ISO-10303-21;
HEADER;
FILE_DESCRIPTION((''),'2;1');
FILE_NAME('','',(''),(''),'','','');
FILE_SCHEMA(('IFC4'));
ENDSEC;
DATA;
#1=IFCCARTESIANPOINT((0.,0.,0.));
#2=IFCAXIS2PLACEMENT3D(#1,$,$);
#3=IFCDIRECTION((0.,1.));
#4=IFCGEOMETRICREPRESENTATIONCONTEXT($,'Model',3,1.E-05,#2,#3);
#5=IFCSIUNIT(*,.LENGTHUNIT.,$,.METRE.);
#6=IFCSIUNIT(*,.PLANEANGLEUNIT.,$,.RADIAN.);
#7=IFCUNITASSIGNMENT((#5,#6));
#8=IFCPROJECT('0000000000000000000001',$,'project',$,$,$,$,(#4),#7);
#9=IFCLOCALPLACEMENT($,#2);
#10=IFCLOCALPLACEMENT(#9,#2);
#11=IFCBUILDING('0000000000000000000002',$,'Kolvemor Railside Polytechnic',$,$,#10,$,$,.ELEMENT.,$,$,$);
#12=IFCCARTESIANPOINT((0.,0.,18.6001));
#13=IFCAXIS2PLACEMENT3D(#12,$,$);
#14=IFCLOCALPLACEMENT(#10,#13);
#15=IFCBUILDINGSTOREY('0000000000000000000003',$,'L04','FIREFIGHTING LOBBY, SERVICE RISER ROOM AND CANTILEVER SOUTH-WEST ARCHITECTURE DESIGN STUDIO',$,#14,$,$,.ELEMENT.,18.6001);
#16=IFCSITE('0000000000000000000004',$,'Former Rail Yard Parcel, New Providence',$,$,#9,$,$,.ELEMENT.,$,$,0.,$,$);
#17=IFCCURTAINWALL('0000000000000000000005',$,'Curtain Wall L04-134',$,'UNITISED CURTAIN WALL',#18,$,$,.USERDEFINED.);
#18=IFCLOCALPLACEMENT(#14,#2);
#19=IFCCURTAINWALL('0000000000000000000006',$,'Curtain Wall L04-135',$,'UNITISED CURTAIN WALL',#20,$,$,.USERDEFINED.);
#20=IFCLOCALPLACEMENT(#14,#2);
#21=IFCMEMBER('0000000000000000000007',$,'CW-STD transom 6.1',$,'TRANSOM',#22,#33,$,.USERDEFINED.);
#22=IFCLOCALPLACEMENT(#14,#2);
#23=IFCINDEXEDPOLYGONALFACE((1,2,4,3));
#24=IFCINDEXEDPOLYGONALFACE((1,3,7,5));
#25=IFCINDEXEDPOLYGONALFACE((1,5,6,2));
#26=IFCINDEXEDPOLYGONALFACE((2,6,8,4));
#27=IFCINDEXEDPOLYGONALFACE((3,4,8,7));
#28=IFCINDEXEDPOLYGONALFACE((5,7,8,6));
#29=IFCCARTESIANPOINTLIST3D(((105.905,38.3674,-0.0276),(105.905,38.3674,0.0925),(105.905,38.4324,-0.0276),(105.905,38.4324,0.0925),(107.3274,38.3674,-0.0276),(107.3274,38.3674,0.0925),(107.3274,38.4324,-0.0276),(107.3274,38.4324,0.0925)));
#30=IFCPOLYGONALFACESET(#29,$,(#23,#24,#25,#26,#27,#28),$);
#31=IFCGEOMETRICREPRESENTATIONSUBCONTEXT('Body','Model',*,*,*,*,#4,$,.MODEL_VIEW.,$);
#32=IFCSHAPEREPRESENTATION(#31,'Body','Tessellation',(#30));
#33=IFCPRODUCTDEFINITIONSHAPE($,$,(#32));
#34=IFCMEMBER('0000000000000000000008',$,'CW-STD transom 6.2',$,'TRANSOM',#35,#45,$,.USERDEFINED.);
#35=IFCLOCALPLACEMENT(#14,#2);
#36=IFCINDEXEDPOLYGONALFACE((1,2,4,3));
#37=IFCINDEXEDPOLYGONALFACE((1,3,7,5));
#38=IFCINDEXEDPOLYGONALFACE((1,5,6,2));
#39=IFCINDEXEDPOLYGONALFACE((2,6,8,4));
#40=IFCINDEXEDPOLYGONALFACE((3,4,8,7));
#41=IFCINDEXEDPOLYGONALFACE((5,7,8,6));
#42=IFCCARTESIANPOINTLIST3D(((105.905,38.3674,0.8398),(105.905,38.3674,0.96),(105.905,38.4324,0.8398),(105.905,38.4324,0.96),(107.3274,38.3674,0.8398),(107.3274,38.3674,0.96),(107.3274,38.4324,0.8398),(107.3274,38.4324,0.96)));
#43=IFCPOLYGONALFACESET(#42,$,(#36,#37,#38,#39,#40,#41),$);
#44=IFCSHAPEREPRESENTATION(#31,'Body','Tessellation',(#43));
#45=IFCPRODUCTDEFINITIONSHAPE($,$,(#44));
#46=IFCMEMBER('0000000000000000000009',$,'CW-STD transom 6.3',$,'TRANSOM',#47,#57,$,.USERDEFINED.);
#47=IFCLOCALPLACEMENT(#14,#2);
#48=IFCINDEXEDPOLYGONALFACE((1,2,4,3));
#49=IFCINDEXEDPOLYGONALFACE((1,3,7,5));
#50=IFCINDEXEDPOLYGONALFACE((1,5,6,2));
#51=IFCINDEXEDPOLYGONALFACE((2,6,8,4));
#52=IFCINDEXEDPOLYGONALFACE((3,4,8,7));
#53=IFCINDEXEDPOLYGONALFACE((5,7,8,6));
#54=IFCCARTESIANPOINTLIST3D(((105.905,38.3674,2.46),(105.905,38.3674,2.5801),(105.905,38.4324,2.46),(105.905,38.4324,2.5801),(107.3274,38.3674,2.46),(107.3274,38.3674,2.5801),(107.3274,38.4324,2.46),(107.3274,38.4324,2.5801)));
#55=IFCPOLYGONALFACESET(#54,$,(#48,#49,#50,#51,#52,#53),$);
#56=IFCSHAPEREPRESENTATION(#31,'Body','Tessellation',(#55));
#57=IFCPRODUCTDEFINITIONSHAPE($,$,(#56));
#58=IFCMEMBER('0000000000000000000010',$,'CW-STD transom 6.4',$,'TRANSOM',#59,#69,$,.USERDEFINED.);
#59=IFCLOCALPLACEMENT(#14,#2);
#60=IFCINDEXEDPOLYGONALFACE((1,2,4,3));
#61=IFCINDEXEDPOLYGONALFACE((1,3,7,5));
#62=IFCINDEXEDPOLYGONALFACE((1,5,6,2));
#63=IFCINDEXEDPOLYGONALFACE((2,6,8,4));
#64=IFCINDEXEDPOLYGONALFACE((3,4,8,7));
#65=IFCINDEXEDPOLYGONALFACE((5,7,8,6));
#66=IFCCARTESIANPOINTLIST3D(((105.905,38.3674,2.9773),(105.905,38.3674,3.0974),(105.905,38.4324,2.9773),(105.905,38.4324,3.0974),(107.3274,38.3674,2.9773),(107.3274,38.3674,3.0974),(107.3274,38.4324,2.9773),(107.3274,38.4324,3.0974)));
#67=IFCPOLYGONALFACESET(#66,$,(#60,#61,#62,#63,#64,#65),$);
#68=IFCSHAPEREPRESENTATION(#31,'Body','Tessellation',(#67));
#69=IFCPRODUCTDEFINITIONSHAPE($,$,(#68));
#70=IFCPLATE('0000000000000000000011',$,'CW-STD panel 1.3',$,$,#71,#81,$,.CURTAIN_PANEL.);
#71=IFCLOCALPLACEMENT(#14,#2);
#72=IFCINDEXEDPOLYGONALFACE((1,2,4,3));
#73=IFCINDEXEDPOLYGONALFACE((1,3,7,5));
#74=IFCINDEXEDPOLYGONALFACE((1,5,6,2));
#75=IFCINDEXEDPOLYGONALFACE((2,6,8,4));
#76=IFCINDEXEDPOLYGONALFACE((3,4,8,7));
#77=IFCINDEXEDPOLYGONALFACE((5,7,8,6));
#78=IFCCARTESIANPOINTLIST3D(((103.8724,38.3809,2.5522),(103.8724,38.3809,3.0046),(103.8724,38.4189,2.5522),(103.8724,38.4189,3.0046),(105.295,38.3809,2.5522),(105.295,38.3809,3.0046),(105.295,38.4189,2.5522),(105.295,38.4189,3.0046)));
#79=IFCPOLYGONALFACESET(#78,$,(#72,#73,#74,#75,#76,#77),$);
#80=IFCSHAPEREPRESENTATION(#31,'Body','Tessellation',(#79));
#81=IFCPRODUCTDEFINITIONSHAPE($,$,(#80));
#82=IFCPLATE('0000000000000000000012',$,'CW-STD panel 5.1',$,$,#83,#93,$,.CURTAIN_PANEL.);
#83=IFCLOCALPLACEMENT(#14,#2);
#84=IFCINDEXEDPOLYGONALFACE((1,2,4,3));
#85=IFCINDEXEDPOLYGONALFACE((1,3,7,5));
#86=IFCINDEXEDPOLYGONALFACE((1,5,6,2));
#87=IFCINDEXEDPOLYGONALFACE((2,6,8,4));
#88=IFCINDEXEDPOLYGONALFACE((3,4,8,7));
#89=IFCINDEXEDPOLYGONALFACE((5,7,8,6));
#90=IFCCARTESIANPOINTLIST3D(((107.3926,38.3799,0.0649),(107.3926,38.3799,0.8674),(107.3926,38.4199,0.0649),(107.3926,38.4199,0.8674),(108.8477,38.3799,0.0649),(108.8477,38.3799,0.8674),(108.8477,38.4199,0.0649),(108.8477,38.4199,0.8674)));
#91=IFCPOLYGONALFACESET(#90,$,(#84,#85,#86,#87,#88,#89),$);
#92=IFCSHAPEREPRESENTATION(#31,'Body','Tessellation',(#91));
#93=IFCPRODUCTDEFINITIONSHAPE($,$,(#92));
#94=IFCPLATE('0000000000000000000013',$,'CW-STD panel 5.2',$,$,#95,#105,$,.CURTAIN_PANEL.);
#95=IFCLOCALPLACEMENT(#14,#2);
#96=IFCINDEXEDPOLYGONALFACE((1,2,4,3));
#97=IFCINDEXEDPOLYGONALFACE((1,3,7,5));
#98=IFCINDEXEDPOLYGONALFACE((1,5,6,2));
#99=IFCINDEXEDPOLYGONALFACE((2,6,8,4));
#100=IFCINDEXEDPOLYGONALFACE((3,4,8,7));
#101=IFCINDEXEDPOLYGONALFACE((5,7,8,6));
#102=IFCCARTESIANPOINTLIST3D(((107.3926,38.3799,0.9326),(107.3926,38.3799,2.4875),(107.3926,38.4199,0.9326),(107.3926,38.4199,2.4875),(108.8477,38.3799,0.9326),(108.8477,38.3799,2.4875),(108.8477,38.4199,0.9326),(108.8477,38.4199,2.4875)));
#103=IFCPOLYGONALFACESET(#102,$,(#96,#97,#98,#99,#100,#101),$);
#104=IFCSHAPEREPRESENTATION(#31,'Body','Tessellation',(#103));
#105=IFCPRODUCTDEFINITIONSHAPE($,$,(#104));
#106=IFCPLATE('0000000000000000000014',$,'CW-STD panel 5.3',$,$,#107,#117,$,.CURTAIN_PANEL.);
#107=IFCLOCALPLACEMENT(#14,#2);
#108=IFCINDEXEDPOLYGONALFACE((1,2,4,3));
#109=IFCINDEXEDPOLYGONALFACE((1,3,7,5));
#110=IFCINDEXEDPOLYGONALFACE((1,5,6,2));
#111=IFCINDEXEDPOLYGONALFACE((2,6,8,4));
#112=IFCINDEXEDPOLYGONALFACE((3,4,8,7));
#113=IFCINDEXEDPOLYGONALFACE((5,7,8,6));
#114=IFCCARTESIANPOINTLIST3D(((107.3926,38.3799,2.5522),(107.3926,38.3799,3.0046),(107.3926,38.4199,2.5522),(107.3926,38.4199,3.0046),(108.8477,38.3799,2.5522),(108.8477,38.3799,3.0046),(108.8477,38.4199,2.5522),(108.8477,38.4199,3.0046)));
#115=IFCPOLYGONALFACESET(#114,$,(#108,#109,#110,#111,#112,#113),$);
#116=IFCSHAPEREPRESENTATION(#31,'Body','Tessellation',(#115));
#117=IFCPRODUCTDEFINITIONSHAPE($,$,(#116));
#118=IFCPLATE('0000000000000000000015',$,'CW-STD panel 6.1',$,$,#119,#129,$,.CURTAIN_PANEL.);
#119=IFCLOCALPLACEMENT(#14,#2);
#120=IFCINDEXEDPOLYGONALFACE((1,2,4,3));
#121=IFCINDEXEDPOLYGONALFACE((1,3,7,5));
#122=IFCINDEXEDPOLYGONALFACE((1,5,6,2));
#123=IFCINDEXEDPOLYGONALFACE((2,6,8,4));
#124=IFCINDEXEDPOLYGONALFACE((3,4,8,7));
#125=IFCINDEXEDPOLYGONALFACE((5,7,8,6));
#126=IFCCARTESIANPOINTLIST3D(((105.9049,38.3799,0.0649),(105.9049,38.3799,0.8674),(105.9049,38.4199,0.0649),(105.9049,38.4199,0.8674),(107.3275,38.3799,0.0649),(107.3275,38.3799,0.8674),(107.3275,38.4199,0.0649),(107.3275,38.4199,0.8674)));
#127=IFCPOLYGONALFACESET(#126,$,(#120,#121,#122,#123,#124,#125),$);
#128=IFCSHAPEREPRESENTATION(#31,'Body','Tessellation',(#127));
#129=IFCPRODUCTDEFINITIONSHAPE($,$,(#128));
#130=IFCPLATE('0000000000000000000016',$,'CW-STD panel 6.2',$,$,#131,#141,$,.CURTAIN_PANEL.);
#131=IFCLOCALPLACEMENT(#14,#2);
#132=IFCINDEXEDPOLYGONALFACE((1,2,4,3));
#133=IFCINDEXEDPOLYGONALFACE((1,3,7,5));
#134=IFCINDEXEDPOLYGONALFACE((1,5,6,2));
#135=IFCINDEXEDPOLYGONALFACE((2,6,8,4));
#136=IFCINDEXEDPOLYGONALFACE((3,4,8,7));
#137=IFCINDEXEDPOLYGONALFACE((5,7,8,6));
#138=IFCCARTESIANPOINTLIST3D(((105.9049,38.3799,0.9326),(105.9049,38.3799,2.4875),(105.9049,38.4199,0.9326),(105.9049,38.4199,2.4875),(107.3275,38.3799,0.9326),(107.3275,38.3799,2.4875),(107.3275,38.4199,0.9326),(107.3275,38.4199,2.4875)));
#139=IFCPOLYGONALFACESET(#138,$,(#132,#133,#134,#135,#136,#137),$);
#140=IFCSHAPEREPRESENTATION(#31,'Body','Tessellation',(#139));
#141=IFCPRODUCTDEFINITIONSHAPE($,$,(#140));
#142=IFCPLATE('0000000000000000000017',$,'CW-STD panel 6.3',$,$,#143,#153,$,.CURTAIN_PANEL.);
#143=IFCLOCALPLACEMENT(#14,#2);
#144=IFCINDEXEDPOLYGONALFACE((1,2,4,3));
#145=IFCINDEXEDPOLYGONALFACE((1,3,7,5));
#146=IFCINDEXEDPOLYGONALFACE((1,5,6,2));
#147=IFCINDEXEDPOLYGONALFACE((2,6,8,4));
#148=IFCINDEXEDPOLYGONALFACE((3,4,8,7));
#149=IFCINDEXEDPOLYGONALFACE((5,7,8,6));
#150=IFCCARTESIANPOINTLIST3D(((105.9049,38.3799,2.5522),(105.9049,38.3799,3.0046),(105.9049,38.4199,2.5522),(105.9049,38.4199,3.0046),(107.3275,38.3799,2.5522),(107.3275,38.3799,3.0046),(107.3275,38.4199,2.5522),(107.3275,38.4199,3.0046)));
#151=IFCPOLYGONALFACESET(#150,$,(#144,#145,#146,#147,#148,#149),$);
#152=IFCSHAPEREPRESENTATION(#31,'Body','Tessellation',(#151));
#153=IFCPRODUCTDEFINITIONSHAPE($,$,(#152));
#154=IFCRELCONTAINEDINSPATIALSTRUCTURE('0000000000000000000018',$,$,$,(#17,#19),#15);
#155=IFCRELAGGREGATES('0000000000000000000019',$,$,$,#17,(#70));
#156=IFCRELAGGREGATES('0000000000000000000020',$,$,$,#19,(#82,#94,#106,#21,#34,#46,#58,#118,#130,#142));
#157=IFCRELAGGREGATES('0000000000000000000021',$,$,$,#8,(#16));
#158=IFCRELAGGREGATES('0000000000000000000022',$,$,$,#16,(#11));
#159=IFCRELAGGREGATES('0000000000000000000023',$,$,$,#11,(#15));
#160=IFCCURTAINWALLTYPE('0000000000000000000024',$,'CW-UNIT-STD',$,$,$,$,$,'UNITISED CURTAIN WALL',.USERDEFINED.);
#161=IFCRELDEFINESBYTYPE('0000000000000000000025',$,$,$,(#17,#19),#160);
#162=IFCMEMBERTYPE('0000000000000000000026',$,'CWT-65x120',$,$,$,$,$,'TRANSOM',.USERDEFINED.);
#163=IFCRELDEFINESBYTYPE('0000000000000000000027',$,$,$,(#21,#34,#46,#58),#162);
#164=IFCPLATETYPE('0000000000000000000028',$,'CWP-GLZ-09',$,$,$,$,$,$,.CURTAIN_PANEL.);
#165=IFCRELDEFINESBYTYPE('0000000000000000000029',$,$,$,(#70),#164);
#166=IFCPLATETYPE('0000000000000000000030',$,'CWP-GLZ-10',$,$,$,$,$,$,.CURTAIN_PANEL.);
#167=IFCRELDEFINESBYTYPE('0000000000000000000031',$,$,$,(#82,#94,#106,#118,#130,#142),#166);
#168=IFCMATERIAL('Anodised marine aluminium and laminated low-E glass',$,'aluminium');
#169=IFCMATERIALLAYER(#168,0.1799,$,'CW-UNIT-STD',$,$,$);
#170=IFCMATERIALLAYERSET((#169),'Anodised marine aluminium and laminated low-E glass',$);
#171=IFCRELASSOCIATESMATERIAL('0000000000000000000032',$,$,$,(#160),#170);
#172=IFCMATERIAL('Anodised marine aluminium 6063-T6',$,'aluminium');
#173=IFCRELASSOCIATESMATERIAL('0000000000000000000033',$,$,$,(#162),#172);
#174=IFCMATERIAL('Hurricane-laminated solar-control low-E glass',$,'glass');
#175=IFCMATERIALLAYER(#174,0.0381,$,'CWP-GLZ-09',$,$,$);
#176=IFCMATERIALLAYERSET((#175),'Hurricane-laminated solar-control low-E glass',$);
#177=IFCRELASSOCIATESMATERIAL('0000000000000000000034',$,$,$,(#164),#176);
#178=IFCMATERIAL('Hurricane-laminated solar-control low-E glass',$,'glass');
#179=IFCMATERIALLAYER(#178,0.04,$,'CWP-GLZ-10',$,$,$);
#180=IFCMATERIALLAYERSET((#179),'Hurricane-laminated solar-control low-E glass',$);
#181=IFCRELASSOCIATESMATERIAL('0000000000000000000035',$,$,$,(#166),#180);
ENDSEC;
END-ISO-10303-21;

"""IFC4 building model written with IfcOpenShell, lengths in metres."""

from ifc_helpers import new_model, si_unit, direction, frame, origin, origin_2d, place, context, subcontext, project, spatial, rectangle, extrude, material, layer, layer_set, material_profile, profile_set, type_object, element, aggregate, save


model = new_model("IFC4")

# Units and contexts
model_context = context("Model", 3, precision=1e-05, world=origin(), true_north=direction((0.0, 1.0)))
body_context = subcontext(model_context, "Body", "Model", "MODEL_VIEW")
ifc_project = project(units=[si_unit("LENGTHUNIT", "METRE"), si_unit("PLANEANGLEUNIT", "RADIAN")], contexts=[model_context])

# Site, building, storey
site_placement = place(None, origin())
site = spatial("IfcSite", under=ifc_project, at=site_placement, Name="Former Rail Yard Parcel, New Providence", CompositionType="ELEMENT", RefElevation=0.0)
building_placement = place(site_placement, origin())
building = spatial("IfcBuilding", under=site, at=building_placement, Name="Kolvemor Railside Polytechnic", CompositionType="ELEMENT")
storey_placement = place(building_placement, frame((0.0, 0.0, 18.6001)))
storey = spatial("IfcBuildingStorey", under=building, at=storey_placement, Name="L04", Description="FIREFIGHTING LOBBY, SERVICE RISER ROOM AND CANTILEVER SOUTH-WEST ARCHITECTURE DESIGN STUDIO", CompositionType="ELEMENT", Elevation=18.6001)

# Curtain wall
ifc_material_1 = material(Name="Anodised marine aluminium and laminated low-E glass", Category="aluminium")
ifc_layer_1 = layer(ifc_material_1, 0.1799, Name="CW-UNIT-STD")
ifc_layer_set_1 = layer_set([ifc_layer_1], Name="Anodised marine aluminium and laminated low-E glass")
curtain_wall_type = type_object("IfcCurtainWallType", Name="CW-UNIT-STD", ElementType="UNITISED CURTAIN WALL", PredefinedType="USERDEFINED", material=ifc_layer_set_1)
curtain_wall_1_placement = place(storey_placement, origin())
curtain_wall_1 = element("IfcCurtainWall", 1, at=curtain_wall_1_placement, inside=storey, type_object=curtain_wall_type, Name="Curtain Wall L04-134", ObjectType="UNITISED CURTAIN WALL", PredefinedType="USERDEFINED")

# Curtain wall
curtain_wall_2_placement = place(storey_placement, origin())
curtain_wall_2 = element("IfcCurtainWall", 2, at=curtain_wall_2_placement, inside=storey, type_object=curtain_wall_type, Name="Curtain Wall L04-135", ObjectType="UNITISED CURTAIN WALL", PredefinedType="USERDEFINED")

# Members
ifc_material_2 = material(Name="Anodised marine aluminium 6063-T6", Category="aluminium")
ifc_material_profile_1 = material_profile(ifc_material_2, rectangle(XDim=0.0649, YDim=0.1201, at=origin_2d()), Name="CW-TRN-65x120")
ifc_profile_set_1 = profile_set([ifc_material_profile_1], Name="Anodised marine aluminium 6063-T6")
member_type_1 = type_object("IfcMemberType", Name="CWT-65x120", ElementType="TRANSOM", PredefinedType="USERDEFINED", material=ifc_profile_set_1)
member_1_placement = place(storey_placement, frame((107.3274, 38.3999, 0.0325), z_axis=(-1.0, 0.0, 0.0), x_axis=(0.0, -1.0, 0.0)))
member_1 = element("IfcMember", 3, at=member_1_placement, type_object=member_type_1, Name="CW-STD transom 6.1", ObjectType="TRANSOM", PredefinedType="USERDEFINED", context=body_context, shape_type="SweptSolid", body=[
    extrude(rectangle(XDim=0.0649, YDim=0.1201, at=origin_2d()), origin(), (0.0, 0.0, 1.0), 1.4224),
])
member_2_placement = place(storey_placement, frame((107.3274, 38.3999, 0.8999), z_axis=(-1.0, 0.0, 0.0), x_axis=(0.0, -1.0, 0.0)))
member_2 = element("IfcMember", 4, at=member_2_placement, type_object=member_type_1, Name="CW-STD transom 6.2", ObjectType="TRANSOM", PredefinedType="USERDEFINED", context=body_context, shape_type="SweptSolid", body=[
    extrude(rectangle(XDim=0.0649, YDim=0.1201, at=origin_2d()), origin(), (0.0, 0.0, 1.0), 1.4224),
])
member_3_placement = place(storey_placement, frame((107.3274, 38.3999, 2.52), z_axis=(-1.0, 0.0, 0.0), x_axis=(0.0, -1.0, 0.0)))
member_3 = element("IfcMember", 5, at=member_3_placement, type_object=member_type_1, Name="CW-STD transom 6.3", ObjectType="TRANSOM", PredefinedType="USERDEFINED", context=body_context, shape_type="SweptSolid", body=[
    extrude(rectangle(XDim=0.0649, YDim=0.1201, at=origin_2d()), origin(), (0.0, 0.0, 1.0), 1.4224),
])
member_4_placement = place(storey_placement, frame((107.3274, 38.3999, 3.0374), z_axis=(-1.0, 0.0, 0.0), x_axis=(0.0, -1.0, 0.0)))
member_4 = element("IfcMember", 6, at=member_4_placement, type_object=member_type_1, Name="CW-STD transom 6.4", ObjectType="TRANSOM", PredefinedType="USERDEFINED", context=body_context, shape_type="SweptSolid", body=[
    extrude(rectangle(XDim=0.0649, YDim=0.1201, at=origin_2d()), origin(), (0.0, 0.0, 1.0), 1.4224),
])

# Plates
ifc_material_3 = material(Name="Hurricane-laminated solar-control low-E glass", Category="glass")
ifc_layer_2 = layer(ifc_material_3, 0.0381, Name="CWP-GLZ-09")
ifc_layer_set_2 = layer_set([ifc_layer_2], Name="Hurricane-laminated solar-control low-E glass")
plate_type_1 = type_object("IfcPlateType", Name="CWP-GLZ-09", PredefinedType="CURTAIN_PANEL", material=ifc_layer_set_2)
plate_1_placement = place(storey_placement, frame((104.5837, 38.3999, 2.5522), z_axis=(0.0, 0.0, 1.0), x_axis=(-1.0, 0.0, 0.0)))
plate_1 = element("IfcPlate", 7, at=plate_1_placement, type_object=plate_type_1, Name="CW-STD panel 1.3", PredefinedType="CURTAIN_PANEL", context=body_context, shape_type="SweptSolid", body=[
    extrude(rectangle(XDim=1.4226, YDim=0.0381, at=origin_2d()), origin(), (0.0, 0.0, 1.0), 0.4524),
])
aggregate(curtain_wall_1, [plate_1])
ifc_material_4 = material(Name="Hurricane-laminated solar-control low-E glass", Category="glass")
ifc_layer_3 = layer(ifc_material_4, 0.04, Name="CWP-GLZ-10")
ifc_layer_set_3 = layer_set([ifc_layer_3], Name="Hurricane-laminated solar-control low-E glass")
plate_type_2 = type_object("IfcPlateType", Name="CWP-GLZ-10", PredefinedType="CURTAIN_PANEL", material=ifc_layer_set_3)
plate_2_placement = place(storey_placement, frame((108.1201, 38.3999, 0.0649), z_axis=(0.0, 0.0, 1.0), x_axis=(-1.0, 0.0, 0.0)))
plate_2 = element("IfcPlate", 8, at=plate_2_placement, type_object=plate_type_2, Name="CW-STD panel 5.1", PredefinedType="CURTAIN_PANEL", context=body_context, shape_type="SweptSolid", body=[
    extrude(rectangle(XDim=1.4551, YDim=0.04, at=origin_2d()), origin(), (0.0, 0.0, 1.0), 0.8025),
])
plate_3_placement = place(storey_placement, frame((108.1201, 38.3999, 0.9326), z_axis=(0.0, 0.0, 1.0), x_axis=(-1.0, 0.0, 0.0)))
plate_3 = element("IfcPlate", 9, at=plate_3_placement, type_object=plate_type_2, Name="CW-STD panel 5.2", PredefinedType="CURTAIN_PANEL", context=body_context, shape_type="SweptSolid", body=[
    extrude(rectangle(XDim=1.4551, YDim=0.04, at=origin_2d()), origin(), (0.0, 0.0, 1.0), 1.5549),
])
plate_4_placement = place(storey_placement, frame((108.1201, 38.3999, 2.5522), z_axis=(0.0, 0.0, 1.0), x_axis=(-1.0, 0.0, 0.0)))
plate_4 = element("IfcPlate", 10, at=plate_4_placement, type_object=plate_type_2, Name="CW-STD panel 5.3", PredefinedType="CURTAIN_PANEL", context=body_context, shape_type="SweptSolid", body=[
    extrude(rectangle(XDim=1.4551, YDim=0.04, at=origin_2d()), origin(), (0.0, 0.0, 1.0), 0.4524),
])
plate_5_placement = place(storey_placement, frame((106.6162, 38.3999, 0.0649), z_axis=(0.0, 0.0, 1.0), x_axis=(-1.0, 0.0, 0.0)))
plate_5 = element("IfcPlate", 11, at=plate_5_placement, type_object=plate_type_2, Name="CW-STD panel 6.1", PredefinedType="CURTAIN_PANEL", context=body_context, shape_type="SweptSolid", body=[
    extrude(rectangle(XDim=1.4226, YDim=0.04, at=origin_2d()), origin(), (0.0, 0.0, 1.0), 0.8025),
])
plate_6_placement = place(storey_placement, frame((106.6162, 38.3999, 0.9326), z_axis=(0.0, 0.0, 1.0), x_axis=(-1.0, 0.0, 0.0)))
plate_6 = element("IfcPlate", 12, at=plate_6_placement, type_object=plate_type_2, Name="CW-STD panel 6.2", PredefinedType="CURTAIN_PANEL", context=body_context, shape_type="SweptSolid", body=[
    extrude(rectangle(XDim=1.4226, YDim=0.04, at=origin_2d()), origin(), (0.0, 0.0, 1.0), 1.5549),
])
plate_7_placement = place(storey_placement, frame((106.6162, 38.3999, 2.5522), z_axis=(0.0, 0.0, 1.0), x_axis=(-1.0, 0.0, 0.0)))
plate_7 = element("IfcPlate", 13, at=plate_7_placement, type_object=plate_type_2, Name="CW-STD panel 6.3", PredefinedType="CURTAIN_PANEL", context=body_context, shape_type="SweptSolid", body=[
    extrude(rectangle(XDim=1.4226, YDim=0.04, at=origin_2d()), origin(), (0.0, 0.0, 1.0), 0.4524),
])
aggregate(curtain_wall_2, [plate_2, plate_3, plate_4, member_1, member_2, member_3, member_4, plate_5, plate_6, plate_7])

save(model, "model.ifc")
